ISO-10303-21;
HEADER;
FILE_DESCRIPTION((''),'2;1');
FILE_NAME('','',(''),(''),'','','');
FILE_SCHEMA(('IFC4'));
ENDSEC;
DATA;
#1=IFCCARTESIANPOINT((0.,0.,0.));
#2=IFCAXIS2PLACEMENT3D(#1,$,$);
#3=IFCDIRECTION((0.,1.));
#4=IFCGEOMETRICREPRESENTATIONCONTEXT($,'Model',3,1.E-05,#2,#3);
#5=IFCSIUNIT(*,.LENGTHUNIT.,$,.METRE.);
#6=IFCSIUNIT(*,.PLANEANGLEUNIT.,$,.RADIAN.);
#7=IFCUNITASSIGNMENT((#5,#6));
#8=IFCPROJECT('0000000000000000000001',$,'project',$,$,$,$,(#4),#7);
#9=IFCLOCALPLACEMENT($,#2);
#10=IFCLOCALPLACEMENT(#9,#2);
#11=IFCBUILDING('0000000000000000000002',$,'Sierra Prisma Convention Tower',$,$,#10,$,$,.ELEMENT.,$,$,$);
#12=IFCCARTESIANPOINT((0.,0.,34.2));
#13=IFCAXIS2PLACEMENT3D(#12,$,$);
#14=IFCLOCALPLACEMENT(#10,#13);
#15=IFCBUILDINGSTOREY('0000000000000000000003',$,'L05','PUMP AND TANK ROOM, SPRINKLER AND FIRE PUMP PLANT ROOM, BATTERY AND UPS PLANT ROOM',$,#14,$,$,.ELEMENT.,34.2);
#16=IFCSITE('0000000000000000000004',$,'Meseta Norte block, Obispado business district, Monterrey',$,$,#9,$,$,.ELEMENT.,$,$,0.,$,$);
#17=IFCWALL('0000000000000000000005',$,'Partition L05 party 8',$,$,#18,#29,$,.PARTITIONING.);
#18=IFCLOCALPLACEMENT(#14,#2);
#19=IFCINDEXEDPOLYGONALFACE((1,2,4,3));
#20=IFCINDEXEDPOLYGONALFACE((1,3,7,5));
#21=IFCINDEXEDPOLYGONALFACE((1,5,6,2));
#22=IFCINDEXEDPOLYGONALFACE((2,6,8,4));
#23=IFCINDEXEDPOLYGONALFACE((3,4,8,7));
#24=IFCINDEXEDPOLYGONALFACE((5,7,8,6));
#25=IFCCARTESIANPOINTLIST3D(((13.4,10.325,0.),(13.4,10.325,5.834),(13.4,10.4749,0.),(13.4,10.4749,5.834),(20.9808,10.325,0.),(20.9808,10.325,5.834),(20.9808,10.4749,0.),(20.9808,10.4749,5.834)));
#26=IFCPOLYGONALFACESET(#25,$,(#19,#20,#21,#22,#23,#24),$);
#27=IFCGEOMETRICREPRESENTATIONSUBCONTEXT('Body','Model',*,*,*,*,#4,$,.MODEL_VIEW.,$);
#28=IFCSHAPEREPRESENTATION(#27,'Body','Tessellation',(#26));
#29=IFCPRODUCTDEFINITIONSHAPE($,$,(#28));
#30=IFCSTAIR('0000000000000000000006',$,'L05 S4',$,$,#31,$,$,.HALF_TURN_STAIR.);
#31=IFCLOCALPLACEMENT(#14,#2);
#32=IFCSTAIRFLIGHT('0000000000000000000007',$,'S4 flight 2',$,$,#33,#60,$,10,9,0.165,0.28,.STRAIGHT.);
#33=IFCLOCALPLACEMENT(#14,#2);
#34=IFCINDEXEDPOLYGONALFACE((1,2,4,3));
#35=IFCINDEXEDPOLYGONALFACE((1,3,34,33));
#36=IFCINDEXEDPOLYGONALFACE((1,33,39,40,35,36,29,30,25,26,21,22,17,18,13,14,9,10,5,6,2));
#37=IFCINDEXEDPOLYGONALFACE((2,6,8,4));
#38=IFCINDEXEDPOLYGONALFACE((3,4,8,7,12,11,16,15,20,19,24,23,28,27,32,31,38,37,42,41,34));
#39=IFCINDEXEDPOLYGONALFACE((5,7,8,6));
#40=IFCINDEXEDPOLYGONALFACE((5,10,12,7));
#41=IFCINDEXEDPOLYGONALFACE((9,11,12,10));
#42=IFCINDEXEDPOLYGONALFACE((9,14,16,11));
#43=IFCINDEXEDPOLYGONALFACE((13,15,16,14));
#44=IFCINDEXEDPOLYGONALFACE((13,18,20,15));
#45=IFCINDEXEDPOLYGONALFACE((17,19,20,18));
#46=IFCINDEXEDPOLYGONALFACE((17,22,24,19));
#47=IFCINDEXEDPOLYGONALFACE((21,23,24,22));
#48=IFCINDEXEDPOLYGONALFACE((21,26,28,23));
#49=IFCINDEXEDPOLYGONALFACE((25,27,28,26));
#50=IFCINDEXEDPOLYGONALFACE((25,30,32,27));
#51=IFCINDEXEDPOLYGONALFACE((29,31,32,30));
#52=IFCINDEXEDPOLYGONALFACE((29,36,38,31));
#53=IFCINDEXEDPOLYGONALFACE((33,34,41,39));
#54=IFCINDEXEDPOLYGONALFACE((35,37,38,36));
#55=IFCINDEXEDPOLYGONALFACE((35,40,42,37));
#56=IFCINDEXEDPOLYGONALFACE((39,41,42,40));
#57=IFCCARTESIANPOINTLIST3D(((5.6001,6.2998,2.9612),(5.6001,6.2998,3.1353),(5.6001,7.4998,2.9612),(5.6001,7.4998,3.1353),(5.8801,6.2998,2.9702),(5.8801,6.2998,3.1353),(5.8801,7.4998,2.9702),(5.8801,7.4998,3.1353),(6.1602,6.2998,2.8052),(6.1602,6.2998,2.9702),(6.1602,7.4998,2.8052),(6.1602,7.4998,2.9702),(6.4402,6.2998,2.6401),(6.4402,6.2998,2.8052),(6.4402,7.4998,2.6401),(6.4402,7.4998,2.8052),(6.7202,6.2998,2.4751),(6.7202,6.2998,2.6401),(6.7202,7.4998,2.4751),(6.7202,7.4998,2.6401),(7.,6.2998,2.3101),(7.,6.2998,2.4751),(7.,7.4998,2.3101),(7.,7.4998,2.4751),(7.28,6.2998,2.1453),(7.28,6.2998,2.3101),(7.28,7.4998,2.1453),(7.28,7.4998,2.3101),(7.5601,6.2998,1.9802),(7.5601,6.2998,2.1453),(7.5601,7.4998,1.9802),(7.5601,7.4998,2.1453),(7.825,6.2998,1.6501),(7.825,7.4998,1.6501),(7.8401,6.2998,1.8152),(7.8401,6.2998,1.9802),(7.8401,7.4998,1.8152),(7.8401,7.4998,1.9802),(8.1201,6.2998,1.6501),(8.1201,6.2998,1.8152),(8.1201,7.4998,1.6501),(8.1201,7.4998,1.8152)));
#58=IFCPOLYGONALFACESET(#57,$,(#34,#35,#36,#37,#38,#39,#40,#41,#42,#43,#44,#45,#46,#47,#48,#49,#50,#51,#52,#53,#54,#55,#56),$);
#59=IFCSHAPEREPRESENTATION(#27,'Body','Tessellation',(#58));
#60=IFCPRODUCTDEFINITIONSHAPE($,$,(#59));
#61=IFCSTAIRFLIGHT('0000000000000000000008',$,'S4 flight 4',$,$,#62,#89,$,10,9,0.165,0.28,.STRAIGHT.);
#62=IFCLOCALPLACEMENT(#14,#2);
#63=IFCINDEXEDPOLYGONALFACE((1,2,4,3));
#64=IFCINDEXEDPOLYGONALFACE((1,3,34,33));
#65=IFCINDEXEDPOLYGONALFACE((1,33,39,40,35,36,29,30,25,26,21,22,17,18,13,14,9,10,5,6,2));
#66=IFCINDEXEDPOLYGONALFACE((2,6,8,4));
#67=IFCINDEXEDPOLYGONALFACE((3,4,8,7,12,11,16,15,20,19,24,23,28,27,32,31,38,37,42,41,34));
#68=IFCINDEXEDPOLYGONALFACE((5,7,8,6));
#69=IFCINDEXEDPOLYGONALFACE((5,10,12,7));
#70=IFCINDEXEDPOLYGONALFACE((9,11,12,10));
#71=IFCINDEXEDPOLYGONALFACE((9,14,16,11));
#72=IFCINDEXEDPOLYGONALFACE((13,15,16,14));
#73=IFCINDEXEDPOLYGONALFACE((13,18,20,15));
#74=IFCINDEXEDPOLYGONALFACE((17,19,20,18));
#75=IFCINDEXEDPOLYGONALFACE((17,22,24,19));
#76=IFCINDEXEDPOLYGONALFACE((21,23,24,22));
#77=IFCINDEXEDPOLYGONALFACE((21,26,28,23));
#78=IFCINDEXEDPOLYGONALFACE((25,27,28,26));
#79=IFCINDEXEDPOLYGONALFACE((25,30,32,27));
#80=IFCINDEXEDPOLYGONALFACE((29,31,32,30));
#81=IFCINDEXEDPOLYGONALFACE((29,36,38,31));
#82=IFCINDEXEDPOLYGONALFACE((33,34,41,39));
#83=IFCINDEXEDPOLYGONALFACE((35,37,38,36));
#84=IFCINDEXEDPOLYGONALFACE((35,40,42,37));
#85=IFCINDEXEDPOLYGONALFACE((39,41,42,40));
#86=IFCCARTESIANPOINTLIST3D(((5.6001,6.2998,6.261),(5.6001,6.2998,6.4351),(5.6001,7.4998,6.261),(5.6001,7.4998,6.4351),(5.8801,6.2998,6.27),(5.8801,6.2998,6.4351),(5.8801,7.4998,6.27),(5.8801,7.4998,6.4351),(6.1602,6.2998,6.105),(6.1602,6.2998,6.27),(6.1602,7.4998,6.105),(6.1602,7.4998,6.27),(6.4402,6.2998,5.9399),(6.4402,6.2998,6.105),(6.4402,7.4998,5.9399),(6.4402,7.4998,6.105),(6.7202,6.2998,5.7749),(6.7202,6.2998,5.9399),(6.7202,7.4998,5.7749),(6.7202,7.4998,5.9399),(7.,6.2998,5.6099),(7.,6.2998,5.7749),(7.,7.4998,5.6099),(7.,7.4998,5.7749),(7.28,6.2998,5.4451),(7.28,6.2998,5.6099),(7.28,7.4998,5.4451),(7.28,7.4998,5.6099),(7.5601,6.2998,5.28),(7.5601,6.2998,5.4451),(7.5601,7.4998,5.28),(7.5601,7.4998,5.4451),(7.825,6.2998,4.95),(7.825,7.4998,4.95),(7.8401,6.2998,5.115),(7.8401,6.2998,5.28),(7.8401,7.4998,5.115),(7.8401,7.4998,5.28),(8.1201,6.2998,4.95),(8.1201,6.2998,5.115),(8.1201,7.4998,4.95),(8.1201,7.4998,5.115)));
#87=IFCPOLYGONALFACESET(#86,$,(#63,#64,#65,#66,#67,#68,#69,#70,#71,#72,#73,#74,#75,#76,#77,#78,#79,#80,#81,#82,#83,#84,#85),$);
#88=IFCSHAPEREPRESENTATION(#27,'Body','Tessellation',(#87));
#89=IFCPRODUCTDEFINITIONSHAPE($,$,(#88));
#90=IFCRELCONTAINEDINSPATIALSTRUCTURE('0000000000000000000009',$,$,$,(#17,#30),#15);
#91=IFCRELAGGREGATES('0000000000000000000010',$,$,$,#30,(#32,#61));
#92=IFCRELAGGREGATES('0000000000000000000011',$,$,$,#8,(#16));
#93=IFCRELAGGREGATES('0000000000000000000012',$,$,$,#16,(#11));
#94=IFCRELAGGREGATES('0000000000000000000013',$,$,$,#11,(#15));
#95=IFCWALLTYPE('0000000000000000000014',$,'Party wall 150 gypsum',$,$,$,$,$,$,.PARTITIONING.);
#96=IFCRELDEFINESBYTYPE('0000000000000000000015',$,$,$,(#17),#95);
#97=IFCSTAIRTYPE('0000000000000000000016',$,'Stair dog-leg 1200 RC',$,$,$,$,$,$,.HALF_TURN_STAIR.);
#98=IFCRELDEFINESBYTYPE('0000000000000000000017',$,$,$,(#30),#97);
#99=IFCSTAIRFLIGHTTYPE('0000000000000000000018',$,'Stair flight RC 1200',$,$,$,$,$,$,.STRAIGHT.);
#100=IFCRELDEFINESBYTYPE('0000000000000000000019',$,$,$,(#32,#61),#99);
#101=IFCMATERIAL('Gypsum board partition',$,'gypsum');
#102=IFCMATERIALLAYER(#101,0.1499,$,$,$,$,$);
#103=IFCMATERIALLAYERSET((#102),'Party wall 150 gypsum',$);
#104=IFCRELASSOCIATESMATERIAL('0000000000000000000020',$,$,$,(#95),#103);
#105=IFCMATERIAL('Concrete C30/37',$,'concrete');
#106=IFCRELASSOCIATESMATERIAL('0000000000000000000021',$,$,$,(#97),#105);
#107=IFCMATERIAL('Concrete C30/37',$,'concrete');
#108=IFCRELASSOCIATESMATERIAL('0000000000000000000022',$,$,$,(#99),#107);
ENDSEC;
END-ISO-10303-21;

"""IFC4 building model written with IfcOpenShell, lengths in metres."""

from ifc_helpers import new_model, si_unit, direction, frame, frame_2d, origin, place, context, subcontext, project, spatial, polyline, rectangle, outline, extrude, material, layer, layer_set, type_object, element, aggregate, save


model = new_model("IFC4")

# Units and contexts
model_context = context("Model", 3, precision=1e-05, world=origin(), true_north=direction((0.0, 1.0)))
body_context = subcontext(model_context, "Body", "Model", "MODEL_VIEW")
ifc_project = project(units=[si_unit("LENGTHUNIT", "METRE"), si_unit("PLANEANGLEUNIT", "RADIAN")], contexts=[model_context])

# Site, building, storey
site_placement = place(None, origin())
site = spatial("IfcSite", under=ifc_project, at=site_placement, Name="Meseta Norte block, Obispado business district, Monterrey", CompositionType="ELEMENT", RefElevation=0.0)
building_placement = place(site_placement, origin())
building = spatial("IfcBuilding", under=site, at=building_placement, Name="Sierra Prisma Convention Tower", CompositionType="ELEMENT")
storey_placement = place(building_placement, frame((0.0, 0.0, 34.2)))
storey = spatial("IfcBuildingStorey", under=building, at=storey_placement, Name="L05", Description="PUMP AND TANK ROOM, SPRINKLER AND FIRE PUMP PLANT ROOM, BATTERY AND UPS PLANT ROOM", CompositionType="ELEMENT", Elevation=34.2)

# Wall
ifc_material_1 = material(Name="Gypsum board partition", Category="gypsum")
ifc_layer_1 = layer(ifc_material_1, 0.1499)
ifc_layer_set_1 = layer_set([ifc_layer_1], Name="Party wall 150 gypsum")
wall_type_1 = type_object("IfcWallType", Name="Party wall 150 gypsum", PredefinedType="PARTITIONING", material=ifc_layer_set_1)
wall_1_placement = place(storey_placement, frame((13.3999, 10.3999, 0.0), z_axis=(0.0, 0.0, 1.0), x_axis=(1.0, 0.0, 0.0)))
element("IfcWall", 1, at=wall_1_placement, inside=storey, type_object=wall_type_1, Name="Partition L05 party 8", PredefinedType="PARTITIONING", context=body_context, shape_type="SweptSolid", body=[
    extrude(rectangle(XDim=7.5808, YDim=0.1499, at=frame_2d((3.7905, 0.0))), origin(), (0.0, 0.0, 1.0), 5.834),
])

# Stair, stair flights
ifc_material_2 = material(Name="Concrete C30/37", Category="concrete")
stair_type = type_object("IfcStairType", Name="Stair dog-leg 1200 RC", PredefinedType="HALF_TURN_STAIR", material=ifc_material_2)
stair_placement = place(storey_placement, origin())
stair = element("IfcStair", 2, at=stair_placement, inside=storey, type_object=stair_type, Name="L05 S4", PredefinedType="HALF_TURN_STAIR")
ifc_material_3 = material(Name="Concrete C30/37", Category="concrete")
stair_flight_type = type_object("IfcStairFlightType", Name="Stair flight RC 1200", PredefinedType="STRAIGHT", material=ifc_material_3)
stair_flight_1_placement = place(storey_placement, frame((8.1201, 6.8999, 1.6501), z_axis=(0.0, 0.0, 1.0), x_axis=(-1.0, 0.0, 0.0)))
stair_flight_1 = element("IfcStairFlight", 3, at=stair_flight_1_placement, type_object=stair_flight_type, Name="S4 flight 2", NumberOfRisers=10, NumberOfTreads=9, PredefinedType="STRAIGHT", RiserHeight=0.165, TreadLength=0.28, context=body_context, shape_type="SweptSolid", body=[
    extrude(outline(polyline([(0.0, 0.0), (0.0, 0.165), (0.28, 0.165), (0.28, 0.3301), (0.5601, 0.3301), (0.5601, 0.4951), (0.8401, 0.4951), (0.8401, 0.6599), (1.1201, 0.6599), (1.1201, 0.825), (1.3999, 0.825), (1.3999, 0.99), (1.6799, 0.99), (1.6799, 1.155), (1.96, 1.155), (1.96, 1.3201), (2.24, 1.3201), (2.24, 1.4851), (2.52, 1.4851), (2.52, 1.6499), (2.52, 1.311), (0.2952, 0.0), (0.0, 0.0)])), frame((0.0, 0.6001, 0.0), z_axis=(0.0, -1.0, 0.0), x_axis=(1.0, 0.0, 0.0)), (0.0, 0.0, 1.0), 1.2),
])
stair_flight_2_placement = place(storey_placement, frame((8.1201, 6.8999, 4.95), z_axis=(0.0, 0.0, 1.0), x_axis=(-1.0, 0.0, 0.0)))
stair_flight_2 = element("IfcStairFlight", 4, at=stair_flight_2_placement, type_object=stair_flight_type, Name="S4 flight 4", NumberOfRisers=10, NumberOfTreads=9, PredefinedType="STRAIGHT", RiserHeight=0.165, TreadLength=0.28, context=body_context, shape_type="SweptSolid", body=[
    extrude(outline(polyline([(0.0, 0.0), (0.0, 0.165), (0.28, 0.165), (0.28, 0.3301), (0.5601, 0.3301), (0.5601, 0.4951), (0.8401, 0.4951), (0.8401, 0.6599), (1.1201, 0.6599), (1.1201, 0.825), (1.3999, 0.825), (1.3999, 0.99), (1.6799, 0.99), (1.6799, 1.155), (1.96, 1.155), (1.96, 1.3201), (2.24, 1.3201), (2.24, 1.4851), (2.52, 1.4851), (2.52, 1.6499), (2.52, 1.311), (0.2952, 0.0), (0.0, 0.0)])), frame((0.0, 0.6001, 0.0), z_axis=(0.0, -1.0, 0.0), x_axis=(1.0, 0.0, 0.0)), (0.0, 0.0, 1.0), 1.2),
])
aggregate(stair, [stair_flight_1, stair_flight_2])

save(model, "model.ifc")
